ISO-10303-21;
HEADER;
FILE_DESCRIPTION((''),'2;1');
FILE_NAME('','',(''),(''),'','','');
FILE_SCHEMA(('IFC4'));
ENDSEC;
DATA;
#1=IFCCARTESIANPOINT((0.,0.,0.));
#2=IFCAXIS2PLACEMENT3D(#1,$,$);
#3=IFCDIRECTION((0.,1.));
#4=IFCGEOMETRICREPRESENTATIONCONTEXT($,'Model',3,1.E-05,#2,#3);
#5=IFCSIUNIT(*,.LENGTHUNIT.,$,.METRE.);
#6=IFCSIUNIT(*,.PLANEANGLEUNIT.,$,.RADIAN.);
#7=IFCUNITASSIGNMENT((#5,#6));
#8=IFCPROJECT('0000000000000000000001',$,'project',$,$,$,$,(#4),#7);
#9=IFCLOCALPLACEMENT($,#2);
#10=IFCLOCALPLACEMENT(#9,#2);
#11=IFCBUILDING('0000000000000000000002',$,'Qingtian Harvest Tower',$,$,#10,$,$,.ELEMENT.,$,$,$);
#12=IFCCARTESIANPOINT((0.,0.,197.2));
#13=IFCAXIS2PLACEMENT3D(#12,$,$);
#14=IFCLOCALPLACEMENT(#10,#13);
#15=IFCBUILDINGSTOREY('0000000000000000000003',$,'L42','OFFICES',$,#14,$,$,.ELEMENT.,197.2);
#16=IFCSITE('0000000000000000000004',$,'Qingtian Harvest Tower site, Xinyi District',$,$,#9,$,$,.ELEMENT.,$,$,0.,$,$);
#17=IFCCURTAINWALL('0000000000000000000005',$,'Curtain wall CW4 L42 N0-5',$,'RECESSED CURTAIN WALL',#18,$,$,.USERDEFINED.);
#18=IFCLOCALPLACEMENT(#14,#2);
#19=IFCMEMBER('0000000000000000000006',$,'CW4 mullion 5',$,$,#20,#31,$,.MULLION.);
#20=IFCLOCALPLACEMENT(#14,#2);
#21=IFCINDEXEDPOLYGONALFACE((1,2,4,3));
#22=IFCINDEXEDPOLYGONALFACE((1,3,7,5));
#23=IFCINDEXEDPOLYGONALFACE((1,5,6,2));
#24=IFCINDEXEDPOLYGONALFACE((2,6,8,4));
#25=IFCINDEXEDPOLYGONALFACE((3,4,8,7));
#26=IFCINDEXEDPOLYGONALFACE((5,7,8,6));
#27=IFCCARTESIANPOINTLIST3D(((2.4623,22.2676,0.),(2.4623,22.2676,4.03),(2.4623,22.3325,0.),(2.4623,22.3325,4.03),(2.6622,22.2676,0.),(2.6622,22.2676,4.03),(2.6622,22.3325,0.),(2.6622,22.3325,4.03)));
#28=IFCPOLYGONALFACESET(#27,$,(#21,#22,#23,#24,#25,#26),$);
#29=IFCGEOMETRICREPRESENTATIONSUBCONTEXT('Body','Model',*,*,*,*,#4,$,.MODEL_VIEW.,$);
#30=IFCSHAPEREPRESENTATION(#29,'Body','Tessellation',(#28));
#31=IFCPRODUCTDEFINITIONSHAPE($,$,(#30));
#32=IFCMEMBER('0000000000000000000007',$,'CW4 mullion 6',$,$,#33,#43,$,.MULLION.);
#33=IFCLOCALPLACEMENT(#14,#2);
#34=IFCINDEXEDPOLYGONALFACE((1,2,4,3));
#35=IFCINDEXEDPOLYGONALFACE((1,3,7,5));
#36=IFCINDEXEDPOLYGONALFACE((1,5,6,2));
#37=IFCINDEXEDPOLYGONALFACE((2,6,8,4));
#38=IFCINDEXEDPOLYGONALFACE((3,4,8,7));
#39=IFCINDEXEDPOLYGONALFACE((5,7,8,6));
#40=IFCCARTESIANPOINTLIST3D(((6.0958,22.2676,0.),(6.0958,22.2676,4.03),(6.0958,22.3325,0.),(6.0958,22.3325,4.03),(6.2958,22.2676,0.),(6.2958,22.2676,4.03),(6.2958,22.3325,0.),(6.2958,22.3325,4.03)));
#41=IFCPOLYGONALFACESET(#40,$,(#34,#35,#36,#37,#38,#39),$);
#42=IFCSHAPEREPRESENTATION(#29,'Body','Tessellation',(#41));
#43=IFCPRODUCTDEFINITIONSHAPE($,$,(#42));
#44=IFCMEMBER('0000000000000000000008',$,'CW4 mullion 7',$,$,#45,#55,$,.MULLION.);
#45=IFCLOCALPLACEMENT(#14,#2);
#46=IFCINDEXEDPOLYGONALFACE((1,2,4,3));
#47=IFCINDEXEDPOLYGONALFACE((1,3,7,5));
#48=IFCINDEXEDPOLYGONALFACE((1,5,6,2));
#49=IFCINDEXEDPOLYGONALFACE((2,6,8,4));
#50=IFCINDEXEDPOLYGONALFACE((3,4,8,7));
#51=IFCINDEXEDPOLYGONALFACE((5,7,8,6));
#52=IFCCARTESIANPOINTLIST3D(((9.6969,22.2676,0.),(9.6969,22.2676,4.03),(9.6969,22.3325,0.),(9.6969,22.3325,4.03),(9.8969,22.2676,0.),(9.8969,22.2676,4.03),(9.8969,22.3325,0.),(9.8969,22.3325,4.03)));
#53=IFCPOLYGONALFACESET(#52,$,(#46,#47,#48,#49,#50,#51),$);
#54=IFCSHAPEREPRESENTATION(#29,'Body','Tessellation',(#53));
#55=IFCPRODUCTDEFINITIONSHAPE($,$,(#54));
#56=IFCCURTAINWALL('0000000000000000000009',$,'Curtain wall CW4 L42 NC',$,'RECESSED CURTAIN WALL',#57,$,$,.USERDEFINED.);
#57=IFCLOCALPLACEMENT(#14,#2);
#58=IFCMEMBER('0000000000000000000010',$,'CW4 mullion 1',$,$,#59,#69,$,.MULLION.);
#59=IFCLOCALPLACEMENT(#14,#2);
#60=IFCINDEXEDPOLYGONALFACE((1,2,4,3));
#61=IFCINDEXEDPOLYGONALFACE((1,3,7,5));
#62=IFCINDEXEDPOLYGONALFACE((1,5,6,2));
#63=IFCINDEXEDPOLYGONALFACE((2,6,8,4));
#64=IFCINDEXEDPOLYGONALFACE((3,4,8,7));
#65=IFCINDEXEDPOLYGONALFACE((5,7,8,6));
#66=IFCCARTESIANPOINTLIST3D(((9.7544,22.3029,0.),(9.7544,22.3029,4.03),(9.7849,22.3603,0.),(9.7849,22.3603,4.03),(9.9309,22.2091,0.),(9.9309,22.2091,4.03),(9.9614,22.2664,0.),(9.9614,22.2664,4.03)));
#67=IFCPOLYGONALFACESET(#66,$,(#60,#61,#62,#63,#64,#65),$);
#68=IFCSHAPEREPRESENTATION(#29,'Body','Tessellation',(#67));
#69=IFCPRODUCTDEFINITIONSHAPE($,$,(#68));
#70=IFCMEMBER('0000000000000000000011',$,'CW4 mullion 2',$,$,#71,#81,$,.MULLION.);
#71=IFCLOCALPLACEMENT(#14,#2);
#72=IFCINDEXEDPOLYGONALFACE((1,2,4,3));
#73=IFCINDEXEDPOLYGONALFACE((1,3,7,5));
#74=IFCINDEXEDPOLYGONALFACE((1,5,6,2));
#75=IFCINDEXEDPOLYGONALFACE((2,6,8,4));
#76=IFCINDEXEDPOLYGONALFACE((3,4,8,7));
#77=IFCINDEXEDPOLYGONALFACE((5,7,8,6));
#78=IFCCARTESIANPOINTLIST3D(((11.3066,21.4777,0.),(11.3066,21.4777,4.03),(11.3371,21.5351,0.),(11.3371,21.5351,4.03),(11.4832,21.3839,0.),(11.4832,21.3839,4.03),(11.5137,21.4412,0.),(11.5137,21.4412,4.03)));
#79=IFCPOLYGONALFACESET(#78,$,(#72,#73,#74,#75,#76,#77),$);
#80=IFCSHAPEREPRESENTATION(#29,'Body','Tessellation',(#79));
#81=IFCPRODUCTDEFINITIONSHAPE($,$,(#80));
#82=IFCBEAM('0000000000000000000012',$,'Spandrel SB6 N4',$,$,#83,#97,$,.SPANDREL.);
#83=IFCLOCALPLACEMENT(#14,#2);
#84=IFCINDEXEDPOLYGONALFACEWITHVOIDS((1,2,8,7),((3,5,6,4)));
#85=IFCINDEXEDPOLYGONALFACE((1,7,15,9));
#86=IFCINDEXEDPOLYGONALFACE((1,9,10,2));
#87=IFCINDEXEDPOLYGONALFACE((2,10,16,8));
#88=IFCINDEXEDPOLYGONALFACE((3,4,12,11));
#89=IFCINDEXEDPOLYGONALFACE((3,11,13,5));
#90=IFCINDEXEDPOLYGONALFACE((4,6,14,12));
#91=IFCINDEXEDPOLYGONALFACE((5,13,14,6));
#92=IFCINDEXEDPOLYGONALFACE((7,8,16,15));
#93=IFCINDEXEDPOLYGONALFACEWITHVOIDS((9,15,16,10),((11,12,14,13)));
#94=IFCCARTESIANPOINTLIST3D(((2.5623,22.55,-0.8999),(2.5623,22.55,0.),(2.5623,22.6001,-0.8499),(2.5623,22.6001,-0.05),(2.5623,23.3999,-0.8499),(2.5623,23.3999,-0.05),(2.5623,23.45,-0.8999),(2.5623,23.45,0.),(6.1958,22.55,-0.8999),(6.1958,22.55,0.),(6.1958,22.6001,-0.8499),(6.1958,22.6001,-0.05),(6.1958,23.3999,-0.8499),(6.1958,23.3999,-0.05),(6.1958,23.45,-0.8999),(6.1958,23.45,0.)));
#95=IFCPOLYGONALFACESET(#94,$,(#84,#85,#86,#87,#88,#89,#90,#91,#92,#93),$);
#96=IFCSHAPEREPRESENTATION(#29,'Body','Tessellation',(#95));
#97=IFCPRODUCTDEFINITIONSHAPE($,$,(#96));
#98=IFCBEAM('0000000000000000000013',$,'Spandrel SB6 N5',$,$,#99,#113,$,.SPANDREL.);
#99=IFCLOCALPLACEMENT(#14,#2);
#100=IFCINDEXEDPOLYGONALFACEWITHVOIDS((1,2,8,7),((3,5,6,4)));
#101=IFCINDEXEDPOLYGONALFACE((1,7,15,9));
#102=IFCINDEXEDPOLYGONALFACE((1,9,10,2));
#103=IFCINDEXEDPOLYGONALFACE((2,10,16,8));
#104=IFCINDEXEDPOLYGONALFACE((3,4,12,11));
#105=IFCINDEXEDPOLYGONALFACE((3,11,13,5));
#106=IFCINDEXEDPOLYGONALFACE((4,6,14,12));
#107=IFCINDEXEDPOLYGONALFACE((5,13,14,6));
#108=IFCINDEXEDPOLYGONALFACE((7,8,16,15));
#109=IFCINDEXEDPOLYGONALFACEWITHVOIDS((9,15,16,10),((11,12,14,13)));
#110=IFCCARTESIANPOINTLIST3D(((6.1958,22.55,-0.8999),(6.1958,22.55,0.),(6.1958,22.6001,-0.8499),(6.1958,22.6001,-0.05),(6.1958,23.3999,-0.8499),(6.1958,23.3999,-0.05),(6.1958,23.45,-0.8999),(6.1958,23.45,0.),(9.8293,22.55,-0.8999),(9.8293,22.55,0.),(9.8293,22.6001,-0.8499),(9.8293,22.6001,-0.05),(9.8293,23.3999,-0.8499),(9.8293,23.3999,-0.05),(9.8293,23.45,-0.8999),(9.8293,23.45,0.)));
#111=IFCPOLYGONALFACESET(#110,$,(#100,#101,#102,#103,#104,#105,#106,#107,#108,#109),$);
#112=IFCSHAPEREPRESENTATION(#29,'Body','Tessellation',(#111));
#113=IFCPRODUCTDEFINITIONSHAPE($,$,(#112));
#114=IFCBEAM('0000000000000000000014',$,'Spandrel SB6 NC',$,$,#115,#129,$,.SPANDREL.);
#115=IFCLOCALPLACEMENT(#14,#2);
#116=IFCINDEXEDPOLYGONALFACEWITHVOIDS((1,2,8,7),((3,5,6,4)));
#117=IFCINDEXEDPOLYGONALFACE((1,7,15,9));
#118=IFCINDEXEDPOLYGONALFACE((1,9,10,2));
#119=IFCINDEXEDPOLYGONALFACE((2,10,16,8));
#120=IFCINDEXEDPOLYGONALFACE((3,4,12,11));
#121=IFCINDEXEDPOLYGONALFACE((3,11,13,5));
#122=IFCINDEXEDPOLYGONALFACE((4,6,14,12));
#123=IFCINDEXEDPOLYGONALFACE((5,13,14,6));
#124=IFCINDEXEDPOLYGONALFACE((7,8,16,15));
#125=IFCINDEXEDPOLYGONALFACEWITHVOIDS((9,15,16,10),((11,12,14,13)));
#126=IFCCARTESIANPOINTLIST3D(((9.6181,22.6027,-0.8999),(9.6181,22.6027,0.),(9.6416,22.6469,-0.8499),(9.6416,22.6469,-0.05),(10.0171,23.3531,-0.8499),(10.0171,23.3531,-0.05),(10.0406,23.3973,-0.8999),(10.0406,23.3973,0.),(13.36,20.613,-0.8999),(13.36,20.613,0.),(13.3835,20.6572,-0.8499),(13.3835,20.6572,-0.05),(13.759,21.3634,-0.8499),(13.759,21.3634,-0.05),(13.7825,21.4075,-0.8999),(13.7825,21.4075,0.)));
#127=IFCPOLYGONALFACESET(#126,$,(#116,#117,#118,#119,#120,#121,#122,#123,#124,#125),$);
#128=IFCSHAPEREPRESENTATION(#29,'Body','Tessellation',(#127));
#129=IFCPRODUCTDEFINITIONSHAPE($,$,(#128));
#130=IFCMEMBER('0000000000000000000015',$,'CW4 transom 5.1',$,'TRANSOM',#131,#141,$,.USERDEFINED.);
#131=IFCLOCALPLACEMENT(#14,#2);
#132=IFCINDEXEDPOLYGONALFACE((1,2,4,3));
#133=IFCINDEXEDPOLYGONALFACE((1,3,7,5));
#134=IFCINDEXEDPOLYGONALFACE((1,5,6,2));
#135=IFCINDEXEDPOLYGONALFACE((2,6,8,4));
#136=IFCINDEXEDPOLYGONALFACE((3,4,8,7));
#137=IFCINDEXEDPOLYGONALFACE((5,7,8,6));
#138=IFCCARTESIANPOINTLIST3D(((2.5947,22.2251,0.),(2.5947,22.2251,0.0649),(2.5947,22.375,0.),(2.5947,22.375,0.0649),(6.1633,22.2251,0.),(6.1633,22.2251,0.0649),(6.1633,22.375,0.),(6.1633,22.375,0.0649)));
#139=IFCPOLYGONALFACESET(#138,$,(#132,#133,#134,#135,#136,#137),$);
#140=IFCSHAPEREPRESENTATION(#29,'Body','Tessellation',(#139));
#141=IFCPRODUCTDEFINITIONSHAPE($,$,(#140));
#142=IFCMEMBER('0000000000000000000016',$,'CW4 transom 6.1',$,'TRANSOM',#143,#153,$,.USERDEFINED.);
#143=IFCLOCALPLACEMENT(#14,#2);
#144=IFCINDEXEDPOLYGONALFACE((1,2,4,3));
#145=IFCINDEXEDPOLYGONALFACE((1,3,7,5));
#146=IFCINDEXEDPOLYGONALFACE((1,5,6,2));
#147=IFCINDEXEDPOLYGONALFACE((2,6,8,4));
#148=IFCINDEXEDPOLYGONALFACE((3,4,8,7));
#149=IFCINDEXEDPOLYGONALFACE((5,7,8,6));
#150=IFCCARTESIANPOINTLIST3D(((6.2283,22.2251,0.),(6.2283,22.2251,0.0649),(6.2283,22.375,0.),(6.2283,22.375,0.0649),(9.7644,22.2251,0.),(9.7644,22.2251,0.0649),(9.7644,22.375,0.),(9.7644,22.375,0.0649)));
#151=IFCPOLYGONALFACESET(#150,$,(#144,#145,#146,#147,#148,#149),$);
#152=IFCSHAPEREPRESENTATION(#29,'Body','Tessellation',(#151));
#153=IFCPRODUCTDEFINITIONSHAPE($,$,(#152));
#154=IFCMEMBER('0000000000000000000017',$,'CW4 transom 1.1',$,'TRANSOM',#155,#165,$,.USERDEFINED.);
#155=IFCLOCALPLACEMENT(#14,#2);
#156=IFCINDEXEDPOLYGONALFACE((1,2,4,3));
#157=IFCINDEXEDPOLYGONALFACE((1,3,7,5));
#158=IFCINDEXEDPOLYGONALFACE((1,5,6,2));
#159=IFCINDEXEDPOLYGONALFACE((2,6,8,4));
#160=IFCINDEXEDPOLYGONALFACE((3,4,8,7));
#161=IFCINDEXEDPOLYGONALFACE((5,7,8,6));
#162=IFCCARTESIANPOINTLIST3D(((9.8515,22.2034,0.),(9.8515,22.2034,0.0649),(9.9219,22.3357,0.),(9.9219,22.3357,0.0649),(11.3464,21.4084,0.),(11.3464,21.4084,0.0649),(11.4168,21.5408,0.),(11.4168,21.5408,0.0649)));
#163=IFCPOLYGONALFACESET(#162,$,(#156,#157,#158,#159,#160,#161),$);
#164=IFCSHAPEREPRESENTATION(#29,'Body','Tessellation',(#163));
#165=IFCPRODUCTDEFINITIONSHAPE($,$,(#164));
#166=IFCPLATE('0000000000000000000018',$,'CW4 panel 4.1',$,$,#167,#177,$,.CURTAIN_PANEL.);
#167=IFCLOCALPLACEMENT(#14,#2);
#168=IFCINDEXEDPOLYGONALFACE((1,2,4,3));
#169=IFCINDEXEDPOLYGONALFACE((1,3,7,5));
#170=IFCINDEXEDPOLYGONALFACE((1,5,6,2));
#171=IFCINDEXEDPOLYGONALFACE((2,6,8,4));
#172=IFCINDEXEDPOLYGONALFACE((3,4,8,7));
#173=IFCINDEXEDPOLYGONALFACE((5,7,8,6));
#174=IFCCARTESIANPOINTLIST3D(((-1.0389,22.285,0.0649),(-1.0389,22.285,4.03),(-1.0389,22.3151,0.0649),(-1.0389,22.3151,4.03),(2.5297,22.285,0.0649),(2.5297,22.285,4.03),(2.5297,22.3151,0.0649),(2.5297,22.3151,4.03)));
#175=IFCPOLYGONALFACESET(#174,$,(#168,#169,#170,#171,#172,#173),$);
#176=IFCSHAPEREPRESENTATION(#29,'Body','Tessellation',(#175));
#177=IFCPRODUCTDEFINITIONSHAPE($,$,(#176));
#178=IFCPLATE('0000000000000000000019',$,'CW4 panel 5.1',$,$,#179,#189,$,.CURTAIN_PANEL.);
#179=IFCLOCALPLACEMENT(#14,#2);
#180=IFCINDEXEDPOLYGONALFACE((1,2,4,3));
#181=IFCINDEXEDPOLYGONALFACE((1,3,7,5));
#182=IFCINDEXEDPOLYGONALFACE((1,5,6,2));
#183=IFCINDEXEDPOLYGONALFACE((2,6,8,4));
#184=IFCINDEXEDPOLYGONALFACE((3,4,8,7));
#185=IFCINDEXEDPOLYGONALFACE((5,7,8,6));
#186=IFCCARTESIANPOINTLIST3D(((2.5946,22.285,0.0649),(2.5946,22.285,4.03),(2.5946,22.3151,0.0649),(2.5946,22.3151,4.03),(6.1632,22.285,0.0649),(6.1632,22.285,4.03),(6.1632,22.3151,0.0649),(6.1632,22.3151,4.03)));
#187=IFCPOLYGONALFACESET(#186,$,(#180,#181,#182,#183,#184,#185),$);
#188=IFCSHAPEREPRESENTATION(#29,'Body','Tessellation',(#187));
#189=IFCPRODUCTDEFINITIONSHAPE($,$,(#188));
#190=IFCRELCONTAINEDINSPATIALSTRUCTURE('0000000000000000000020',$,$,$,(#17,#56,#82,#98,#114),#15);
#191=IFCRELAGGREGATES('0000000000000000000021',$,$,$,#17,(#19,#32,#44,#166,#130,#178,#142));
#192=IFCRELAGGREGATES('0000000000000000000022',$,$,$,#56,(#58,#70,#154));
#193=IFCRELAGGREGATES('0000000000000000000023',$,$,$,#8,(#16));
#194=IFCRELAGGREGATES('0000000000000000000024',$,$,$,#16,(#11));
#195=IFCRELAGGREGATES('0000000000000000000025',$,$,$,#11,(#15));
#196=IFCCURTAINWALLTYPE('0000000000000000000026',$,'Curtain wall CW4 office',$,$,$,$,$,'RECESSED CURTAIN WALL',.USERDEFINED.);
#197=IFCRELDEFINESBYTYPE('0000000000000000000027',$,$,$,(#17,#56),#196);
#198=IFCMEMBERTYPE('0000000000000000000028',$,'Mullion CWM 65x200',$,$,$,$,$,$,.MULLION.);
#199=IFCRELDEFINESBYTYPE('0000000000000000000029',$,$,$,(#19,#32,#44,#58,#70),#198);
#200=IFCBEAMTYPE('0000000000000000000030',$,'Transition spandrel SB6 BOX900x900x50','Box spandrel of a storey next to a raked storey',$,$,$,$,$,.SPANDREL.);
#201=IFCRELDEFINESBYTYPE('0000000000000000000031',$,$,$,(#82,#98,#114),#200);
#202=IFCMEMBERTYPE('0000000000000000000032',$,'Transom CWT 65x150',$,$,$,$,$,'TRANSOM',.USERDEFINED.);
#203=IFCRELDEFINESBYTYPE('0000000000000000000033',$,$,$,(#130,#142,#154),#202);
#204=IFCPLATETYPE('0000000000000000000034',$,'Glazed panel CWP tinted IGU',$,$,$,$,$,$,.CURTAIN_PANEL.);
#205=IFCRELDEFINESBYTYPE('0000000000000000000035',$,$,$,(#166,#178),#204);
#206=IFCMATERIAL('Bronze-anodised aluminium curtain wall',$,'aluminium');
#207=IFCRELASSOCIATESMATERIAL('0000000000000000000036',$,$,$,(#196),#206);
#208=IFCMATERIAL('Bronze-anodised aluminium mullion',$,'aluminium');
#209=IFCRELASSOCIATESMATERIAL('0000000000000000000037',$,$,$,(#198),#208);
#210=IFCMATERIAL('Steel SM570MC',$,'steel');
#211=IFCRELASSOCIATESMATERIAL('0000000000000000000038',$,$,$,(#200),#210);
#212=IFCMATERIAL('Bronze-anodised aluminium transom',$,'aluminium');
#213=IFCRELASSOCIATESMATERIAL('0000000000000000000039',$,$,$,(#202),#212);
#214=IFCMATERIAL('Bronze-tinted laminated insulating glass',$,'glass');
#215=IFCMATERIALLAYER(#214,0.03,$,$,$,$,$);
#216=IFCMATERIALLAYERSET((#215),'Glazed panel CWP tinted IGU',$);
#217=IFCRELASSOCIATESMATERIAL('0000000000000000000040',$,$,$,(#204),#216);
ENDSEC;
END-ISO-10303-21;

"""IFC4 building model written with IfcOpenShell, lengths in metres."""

from ifc_helpers import new_model, si_unit, direction, frame, origin, origin_2d, place, context, subcontext, project, spatial, rectangle, hollow_rectangle, extrude, material, layer, layer_set, material_profile, profile_set, type_object, element, aggregate, save


model = new_model("IFC4")

# Units and contexts
model_context = context("Model", 3, precision=1e-05, world=origin(), true_north=direction((0.0, 1.0)))
body_context = subcontext(model_context, "Body", "Model", "MODEL_VIEW")
ifc_project = project(units=[si_unit("LENGTHUNIT", "METRE"), si_unit("PLANEANGLEUNIT", "RADIAN")], contexts=[model_context])

# Site, building, storey
site_placement = place(None, origin())
site = spatial("IfcSite", under=ifc_project, at=site_placement, Name="Qingtian Harvest Tower site, Xinyi District", CompositionType="ELEMENT", RefElevation=0.0)
building_placement = place(site_placement, origin())
building = spatial("IfcBuilding", under=site, at=building_placement, Name="Qingtian Harvest Tower", CompositionType="ELEMENT")
storey_placement = place(building_placement, frame((0.0, 0.0, 197.2)))
storey = spatial("IfcBuildingStorey", under=building, at=storey_placement, Name="L42", Description="OFFICES", CompositionType="ELEMENT", Elevation=197.2)

# Curtain walls, members
ifc_material_1 = material(Name="Bronze-anodised aluminium curtain wall", Category="aluminium")
curtain_wall_type = type_object("IfcCurtainWallType", Name="Curtain wall CW4 office", ElementType="RECESSED CURTAIN WALL", PredefinedType="USERDEFINED", material=ifc_material_1)
curtain_wall_1_placement = place(storey_placement, origin())
curtain_wall_1 = element("IfcCurtainWall", 1, at=curtain_wall_1_placement, inside=storey, type_object=curtain_wall_type, Name="Curtain wall CW4 L42 N0-5", ObjectType="RECESSED CURTAIN WALL", PredefinedType="USERDEFINED")
ifc_material_2 = material(Name="Bronze-anodised aluminium mullion", Category="aluminium")
ifc_material_profile_1 = material_profile(ifc_material_2, rectangle(XDim=0.0649, YDim=0.2, at=origin_2d()), Name="AL 65x200")
ifc_profile_set_1 = profile_set([ifc_material_profile_1], Name="Bronze-anodised aluminium mullion")
member_type_1 = type_object("IfcMemberType", Name="Mullion CWM 65x200", PredefinedType="MULLION", material=ifc_profile_set_1)
member_1_placement = place(storey_placement, frame((2.5623, 22.3, 0.0), z_axis=(0.0, 0.0, 1.0), x_axis=(0.0, 1.0, 0.0)))
member_1 = element("IfcMember", 2, at=member_1_placement, type_object=member_type_1, Name="CW4 mullion 5", PredefinedType="MULLION", context=body_context, shape_type="SweptSolid", body=[
    extrude(rectangle(XDim=0.0649, YDim=0.2, at=origin_2d()), origin(), (0.0, 0.0, 1.0), 4.03),
])
member_2_placement = place(storey_placement, frame((6.1958, 22.3, 0.0), z_axis=(0.0, 0.0, 1.0), x_axis=(0.0, 1.0, 0.0)))
member_2 = element("IfcMember", 3, at=member_2_placement, type_object=member_type_1, Name="CW4 mullion 6", PredefinedType="MULLION", context=body_context, shape_type="SweptSolid", body=[
    extrude(rectangle(XDim=0.0649, YDim=0.2, at=origin_2d()), origin(), (0.0, 0.0, 1.0), 4.03),
])
member_3_placement = place(storey_placement, frame((9.7969, 22.3, 0.0), z_axis=(0.0, 0.0, 1.0), x_axis=(0.0, 1.0, 0.0)))
member_3 = element("IfcMember", 4, at=member_3_placement, type_object=member_type_1, Name="CW4 mullion 7", PredefinedType="MULLION", context=body_context, shape_type="SweptSolid", body=[
    extrude(rectangle(XDim=0.0649, YDim=0.2, at=origin_2d()), origin(), (0.0, 0.0, 1.0), 4.03),
])
curtain_wall_2_placement = place(storey_placement, origin())
curtain_wall_2 = element("IfcCurtainWall", 5, at=curtain_wall_2_placement, inside=storey, type_object=curtain_wall_type, Name="Curtain wall CW4 L42 NC", ObjectType="RECESSED CURTAIN WALL", PredefinedType="USERDEFINED")
member_4_placement = place(storey_placement, frame((9.8579, 22.2847, 0.0), z_axis=(0.0, 0.0, 1.0), x_axis=(0.469472, 0.882948, 0.0)))
member_4 = element("IfcMember", 6, at=member_4_placement, type_object=member_type_1, Name="CW4 mullion 1", PredefinedType="MULLION", context=body_context, shape_type="SweptSolid", body=[
    extrude(rectangle(XDim=0.0649, YDim=0.2, at=origin_2d()), origin(), (0.0, 0.0, 1.0), 4.03),
])
member_5_placement = place(storey_placement, frame((11.4102, 21.4595, 0.0), z_axis=(0.0, 0.0, 1.0), x_axis=(0.469472, 0.882948, 0.0)))
member_5 = element("IfcMember", 7, at=member_5_placement, type_object=member_type_1, Name="CW4 mullion 2", PredefinedType="MULLION", context=body_context, shape_type="SweptSolid", body=[
    extrude(rectangle(XDim=0.0649, YDim=0.2, at=origin_2d()), origin(), (0.0, 0.0, 1.0), 4.03),
])

# Beams
ifc_material_3 = material(Name="Steel SM570MC", Category="steel")
ifc_material_profile_2 = material_profile(ifc_material_3, hollow_rectangle(XDim=0.8999, YDim=0.8999, WallThickness=0.05, at=origin_2d()), Name="BOX900x900x50")
ifc_profile_set_2 = profile_set([ifc_material_profile_2], Name="Steel SM570MC")
beam_type_1 = type_object("IfcBeamType", Name="Transition spandrel SB6 BOX900x900x50", Description="Box spandrel of a storey next to a raked storey", PredefinedType="SPANDREL", material=ifc_profile_set_2)
for number, where, z_axis, x_axis, name in (
    (8, (2.5623, 23.0, -0.45), (1.0, 0.0, 0.0), (0.0, 1.0, 0.0), "Spandrel SB6 N4"),
    (9, (6.1958, 23.0, -0.45), (1.0, 0.0, 0.0), (0.0, 1.0, 0.0), "Spandrel SB6 N5"),
):
    element("IfcBeam", number, at=place(storey_placement, frame(where, z_axis=z_axis, x_axis=x_axis)), inside=storey, type_object=beam_type_1, Name=name, PredefinedType="SPANDREL", context=body_context, shape_type="SweptSolid", body=[
        extrude(hollow_rectangle(XDim=0.8999, YDim=0.8999, WallThickness=0.05, at=origin_2d()), origin(), (0.0, 0.0, 1.0), 3.6335),
    ])
beam_1_placement = place(storey_placement, frame((9.8293, 23.0, -0.45), z_axis=(0.882936, -0.469494, 0.0), x_axis=(0.469494, 0.882936, 0.0)))
element("IfcBeam", 10, at=beam_1_placement, inside=storey, type_object=beam_type_1, Name="Spandrel SB6 NC", PredefinedType="SPANDREL", context=body_context, shape_type="SweptSolid", body=[
    extrude(hollow_rectangle(XDim=0.8999, YDim=0.8999, WallThickness=0.05, at=origin_2d()), origin(), (0.0, 0.0, 1.0), 4.238),
])

# Members
ifc_material_4 = material(Name="Bronze-anodised aluminium transom", Category="aluminium")
ifc_material_profile_3 = material_profile(ifc_material_4, rectangle(XDim=0.1499, YDim=0.0649, at=origin_2d()), Name="AL 65x150")
ifc_profile_set_3 = profile_set([ifc_material_profile_3], Name="Bronze-anodised aluminium transom")
member_type_2 = type_object("IfcMemberType", Name="Transom CWT 65x150", ElementType="TRANSOM", PredefinedType="USERDEFINED", material=ifc_profile_set_3)
member_6_placement = place(storey_placement, frame((2.5947, 22.3, 0.0325), z_axis=(1.0, 0.0, 0.0), x_axis=(0.0, 1.0, 0.0)))
member_6 = element("IfcMember", 11, at=member_6_placement, type_object=member_type_2, Name="CW4 transom 5.1", ObjectType="TRANSOM", PredefinedType="USERDEFINED", context=body_context, shape_type="SweptSolid", body=[
    extrude(rectangle(XDim=0.1499, YDim=0.0649, at=origin_2d()), origin(), (0.0, 0.0, 1.0), 3.5686),
])
member_7_placement = place(storey_placement, frame((6.2283, 22.3, 0.0325), z_axis=(1.0, 0.0, 0.0), x_axis=(0.0, 1.0, 0.0)))
member_7 = element("IfcMember", 12, at=member_7_placement, type_object=member_type_2, Name="CW4 transom 6.1", ObjectType="TRANSOM", PredefinedType="USERDEFINED", context=body_context, shape_type="SweptSolid", body=[
    extrude(rectangle(XDim=0.1499, YDim=0.0649, at=origin_2d()), origin(), (0.0, 0.0, 1.0), 3.5361),
])
member_8_placement = place(storey_placement, frame((9.8867, 22.2695, 0.0325), z_axis=(0.882927, -0.46951, 0.0), x_axis=(0.46951, 0.882927, 0.0)))
member_8 = element("IfcMember", 13, at=member_8_placement, type_object=member_type_2, Name="CW4 transom 1.1", ObjectType="TRANSOM", PredefinedType="USERDEFINED", context=body_context, shape_type="SweptSolid", body=[
    extrude(rectangle(XDim=0.1499, YDim=0.0649, at=origin_2d()), origin(), (0.0, 0.0, 1.0), 1.6931),
])

# Plates
ifc_material_5 = material(Name="Bronze-tinted laminated insulating glass", Category="glass")
ifc_layer_1 = layer(ifc_material_5, 0.03)
ifc_layer_set_1 = layer_set([ifc_layer_1], Name="Glazed panel CWP tinted IGU")
plate_type = type_object("IfcPlateType", Name="Glazed panel CWP tinted IGU", PredefinedType="CURTAIN_PANEL", material=ifc_layer_set_1)
plate_1_placement = place(storey_placement, frame((0.7454, 22.3, 0.0649), z_axis=(0.0, 0.0, 1.0), x_axis=(1.0, 0.0, 0.0)))
plate_1 = element("IfcPlate", 14, at=plate_1_placement, type_object=plate_type, Name="CW4 panel 4.1", PredefinedType="CURTAIN_PANEL", context=body_context, shape_type="SweptSolid", body=[
    extrude(rectangle(XDim=3.5686, YDim=0.03, at=origin_2d()), origin(), (0.0, 0.0, 1.0), 3.9651),
])
plate_2_placement = place(storey_placement, frame((4.3789, 22.3, 0.0649), z_axis=(0.0, 0.0, 1.0), x_axis=(1.0, 0.0, 0.0)))
plate_2 = element("IfcPlate", 15, at=plate_2_placement, type_object=plate_type, Name="CW4 panel 5.1", PredefinedType="CURTAIN_PANEL", context=body_context, shape_type="SweptSolid", body=[
    extrude(rectangle(XDim=3.5686, YDim=0.03, at=origin_2d()), origin(), (0.0, 0.0, 1.0), 3.9651),
])
aggregate(curtain_wall_1, [member_1, member_2, member_3, plate_1, member_6, plate_2, member_7])
aggregate(curtain_wall_2, [member_4, member_5, member_8])

save(model, "model.ifc")
